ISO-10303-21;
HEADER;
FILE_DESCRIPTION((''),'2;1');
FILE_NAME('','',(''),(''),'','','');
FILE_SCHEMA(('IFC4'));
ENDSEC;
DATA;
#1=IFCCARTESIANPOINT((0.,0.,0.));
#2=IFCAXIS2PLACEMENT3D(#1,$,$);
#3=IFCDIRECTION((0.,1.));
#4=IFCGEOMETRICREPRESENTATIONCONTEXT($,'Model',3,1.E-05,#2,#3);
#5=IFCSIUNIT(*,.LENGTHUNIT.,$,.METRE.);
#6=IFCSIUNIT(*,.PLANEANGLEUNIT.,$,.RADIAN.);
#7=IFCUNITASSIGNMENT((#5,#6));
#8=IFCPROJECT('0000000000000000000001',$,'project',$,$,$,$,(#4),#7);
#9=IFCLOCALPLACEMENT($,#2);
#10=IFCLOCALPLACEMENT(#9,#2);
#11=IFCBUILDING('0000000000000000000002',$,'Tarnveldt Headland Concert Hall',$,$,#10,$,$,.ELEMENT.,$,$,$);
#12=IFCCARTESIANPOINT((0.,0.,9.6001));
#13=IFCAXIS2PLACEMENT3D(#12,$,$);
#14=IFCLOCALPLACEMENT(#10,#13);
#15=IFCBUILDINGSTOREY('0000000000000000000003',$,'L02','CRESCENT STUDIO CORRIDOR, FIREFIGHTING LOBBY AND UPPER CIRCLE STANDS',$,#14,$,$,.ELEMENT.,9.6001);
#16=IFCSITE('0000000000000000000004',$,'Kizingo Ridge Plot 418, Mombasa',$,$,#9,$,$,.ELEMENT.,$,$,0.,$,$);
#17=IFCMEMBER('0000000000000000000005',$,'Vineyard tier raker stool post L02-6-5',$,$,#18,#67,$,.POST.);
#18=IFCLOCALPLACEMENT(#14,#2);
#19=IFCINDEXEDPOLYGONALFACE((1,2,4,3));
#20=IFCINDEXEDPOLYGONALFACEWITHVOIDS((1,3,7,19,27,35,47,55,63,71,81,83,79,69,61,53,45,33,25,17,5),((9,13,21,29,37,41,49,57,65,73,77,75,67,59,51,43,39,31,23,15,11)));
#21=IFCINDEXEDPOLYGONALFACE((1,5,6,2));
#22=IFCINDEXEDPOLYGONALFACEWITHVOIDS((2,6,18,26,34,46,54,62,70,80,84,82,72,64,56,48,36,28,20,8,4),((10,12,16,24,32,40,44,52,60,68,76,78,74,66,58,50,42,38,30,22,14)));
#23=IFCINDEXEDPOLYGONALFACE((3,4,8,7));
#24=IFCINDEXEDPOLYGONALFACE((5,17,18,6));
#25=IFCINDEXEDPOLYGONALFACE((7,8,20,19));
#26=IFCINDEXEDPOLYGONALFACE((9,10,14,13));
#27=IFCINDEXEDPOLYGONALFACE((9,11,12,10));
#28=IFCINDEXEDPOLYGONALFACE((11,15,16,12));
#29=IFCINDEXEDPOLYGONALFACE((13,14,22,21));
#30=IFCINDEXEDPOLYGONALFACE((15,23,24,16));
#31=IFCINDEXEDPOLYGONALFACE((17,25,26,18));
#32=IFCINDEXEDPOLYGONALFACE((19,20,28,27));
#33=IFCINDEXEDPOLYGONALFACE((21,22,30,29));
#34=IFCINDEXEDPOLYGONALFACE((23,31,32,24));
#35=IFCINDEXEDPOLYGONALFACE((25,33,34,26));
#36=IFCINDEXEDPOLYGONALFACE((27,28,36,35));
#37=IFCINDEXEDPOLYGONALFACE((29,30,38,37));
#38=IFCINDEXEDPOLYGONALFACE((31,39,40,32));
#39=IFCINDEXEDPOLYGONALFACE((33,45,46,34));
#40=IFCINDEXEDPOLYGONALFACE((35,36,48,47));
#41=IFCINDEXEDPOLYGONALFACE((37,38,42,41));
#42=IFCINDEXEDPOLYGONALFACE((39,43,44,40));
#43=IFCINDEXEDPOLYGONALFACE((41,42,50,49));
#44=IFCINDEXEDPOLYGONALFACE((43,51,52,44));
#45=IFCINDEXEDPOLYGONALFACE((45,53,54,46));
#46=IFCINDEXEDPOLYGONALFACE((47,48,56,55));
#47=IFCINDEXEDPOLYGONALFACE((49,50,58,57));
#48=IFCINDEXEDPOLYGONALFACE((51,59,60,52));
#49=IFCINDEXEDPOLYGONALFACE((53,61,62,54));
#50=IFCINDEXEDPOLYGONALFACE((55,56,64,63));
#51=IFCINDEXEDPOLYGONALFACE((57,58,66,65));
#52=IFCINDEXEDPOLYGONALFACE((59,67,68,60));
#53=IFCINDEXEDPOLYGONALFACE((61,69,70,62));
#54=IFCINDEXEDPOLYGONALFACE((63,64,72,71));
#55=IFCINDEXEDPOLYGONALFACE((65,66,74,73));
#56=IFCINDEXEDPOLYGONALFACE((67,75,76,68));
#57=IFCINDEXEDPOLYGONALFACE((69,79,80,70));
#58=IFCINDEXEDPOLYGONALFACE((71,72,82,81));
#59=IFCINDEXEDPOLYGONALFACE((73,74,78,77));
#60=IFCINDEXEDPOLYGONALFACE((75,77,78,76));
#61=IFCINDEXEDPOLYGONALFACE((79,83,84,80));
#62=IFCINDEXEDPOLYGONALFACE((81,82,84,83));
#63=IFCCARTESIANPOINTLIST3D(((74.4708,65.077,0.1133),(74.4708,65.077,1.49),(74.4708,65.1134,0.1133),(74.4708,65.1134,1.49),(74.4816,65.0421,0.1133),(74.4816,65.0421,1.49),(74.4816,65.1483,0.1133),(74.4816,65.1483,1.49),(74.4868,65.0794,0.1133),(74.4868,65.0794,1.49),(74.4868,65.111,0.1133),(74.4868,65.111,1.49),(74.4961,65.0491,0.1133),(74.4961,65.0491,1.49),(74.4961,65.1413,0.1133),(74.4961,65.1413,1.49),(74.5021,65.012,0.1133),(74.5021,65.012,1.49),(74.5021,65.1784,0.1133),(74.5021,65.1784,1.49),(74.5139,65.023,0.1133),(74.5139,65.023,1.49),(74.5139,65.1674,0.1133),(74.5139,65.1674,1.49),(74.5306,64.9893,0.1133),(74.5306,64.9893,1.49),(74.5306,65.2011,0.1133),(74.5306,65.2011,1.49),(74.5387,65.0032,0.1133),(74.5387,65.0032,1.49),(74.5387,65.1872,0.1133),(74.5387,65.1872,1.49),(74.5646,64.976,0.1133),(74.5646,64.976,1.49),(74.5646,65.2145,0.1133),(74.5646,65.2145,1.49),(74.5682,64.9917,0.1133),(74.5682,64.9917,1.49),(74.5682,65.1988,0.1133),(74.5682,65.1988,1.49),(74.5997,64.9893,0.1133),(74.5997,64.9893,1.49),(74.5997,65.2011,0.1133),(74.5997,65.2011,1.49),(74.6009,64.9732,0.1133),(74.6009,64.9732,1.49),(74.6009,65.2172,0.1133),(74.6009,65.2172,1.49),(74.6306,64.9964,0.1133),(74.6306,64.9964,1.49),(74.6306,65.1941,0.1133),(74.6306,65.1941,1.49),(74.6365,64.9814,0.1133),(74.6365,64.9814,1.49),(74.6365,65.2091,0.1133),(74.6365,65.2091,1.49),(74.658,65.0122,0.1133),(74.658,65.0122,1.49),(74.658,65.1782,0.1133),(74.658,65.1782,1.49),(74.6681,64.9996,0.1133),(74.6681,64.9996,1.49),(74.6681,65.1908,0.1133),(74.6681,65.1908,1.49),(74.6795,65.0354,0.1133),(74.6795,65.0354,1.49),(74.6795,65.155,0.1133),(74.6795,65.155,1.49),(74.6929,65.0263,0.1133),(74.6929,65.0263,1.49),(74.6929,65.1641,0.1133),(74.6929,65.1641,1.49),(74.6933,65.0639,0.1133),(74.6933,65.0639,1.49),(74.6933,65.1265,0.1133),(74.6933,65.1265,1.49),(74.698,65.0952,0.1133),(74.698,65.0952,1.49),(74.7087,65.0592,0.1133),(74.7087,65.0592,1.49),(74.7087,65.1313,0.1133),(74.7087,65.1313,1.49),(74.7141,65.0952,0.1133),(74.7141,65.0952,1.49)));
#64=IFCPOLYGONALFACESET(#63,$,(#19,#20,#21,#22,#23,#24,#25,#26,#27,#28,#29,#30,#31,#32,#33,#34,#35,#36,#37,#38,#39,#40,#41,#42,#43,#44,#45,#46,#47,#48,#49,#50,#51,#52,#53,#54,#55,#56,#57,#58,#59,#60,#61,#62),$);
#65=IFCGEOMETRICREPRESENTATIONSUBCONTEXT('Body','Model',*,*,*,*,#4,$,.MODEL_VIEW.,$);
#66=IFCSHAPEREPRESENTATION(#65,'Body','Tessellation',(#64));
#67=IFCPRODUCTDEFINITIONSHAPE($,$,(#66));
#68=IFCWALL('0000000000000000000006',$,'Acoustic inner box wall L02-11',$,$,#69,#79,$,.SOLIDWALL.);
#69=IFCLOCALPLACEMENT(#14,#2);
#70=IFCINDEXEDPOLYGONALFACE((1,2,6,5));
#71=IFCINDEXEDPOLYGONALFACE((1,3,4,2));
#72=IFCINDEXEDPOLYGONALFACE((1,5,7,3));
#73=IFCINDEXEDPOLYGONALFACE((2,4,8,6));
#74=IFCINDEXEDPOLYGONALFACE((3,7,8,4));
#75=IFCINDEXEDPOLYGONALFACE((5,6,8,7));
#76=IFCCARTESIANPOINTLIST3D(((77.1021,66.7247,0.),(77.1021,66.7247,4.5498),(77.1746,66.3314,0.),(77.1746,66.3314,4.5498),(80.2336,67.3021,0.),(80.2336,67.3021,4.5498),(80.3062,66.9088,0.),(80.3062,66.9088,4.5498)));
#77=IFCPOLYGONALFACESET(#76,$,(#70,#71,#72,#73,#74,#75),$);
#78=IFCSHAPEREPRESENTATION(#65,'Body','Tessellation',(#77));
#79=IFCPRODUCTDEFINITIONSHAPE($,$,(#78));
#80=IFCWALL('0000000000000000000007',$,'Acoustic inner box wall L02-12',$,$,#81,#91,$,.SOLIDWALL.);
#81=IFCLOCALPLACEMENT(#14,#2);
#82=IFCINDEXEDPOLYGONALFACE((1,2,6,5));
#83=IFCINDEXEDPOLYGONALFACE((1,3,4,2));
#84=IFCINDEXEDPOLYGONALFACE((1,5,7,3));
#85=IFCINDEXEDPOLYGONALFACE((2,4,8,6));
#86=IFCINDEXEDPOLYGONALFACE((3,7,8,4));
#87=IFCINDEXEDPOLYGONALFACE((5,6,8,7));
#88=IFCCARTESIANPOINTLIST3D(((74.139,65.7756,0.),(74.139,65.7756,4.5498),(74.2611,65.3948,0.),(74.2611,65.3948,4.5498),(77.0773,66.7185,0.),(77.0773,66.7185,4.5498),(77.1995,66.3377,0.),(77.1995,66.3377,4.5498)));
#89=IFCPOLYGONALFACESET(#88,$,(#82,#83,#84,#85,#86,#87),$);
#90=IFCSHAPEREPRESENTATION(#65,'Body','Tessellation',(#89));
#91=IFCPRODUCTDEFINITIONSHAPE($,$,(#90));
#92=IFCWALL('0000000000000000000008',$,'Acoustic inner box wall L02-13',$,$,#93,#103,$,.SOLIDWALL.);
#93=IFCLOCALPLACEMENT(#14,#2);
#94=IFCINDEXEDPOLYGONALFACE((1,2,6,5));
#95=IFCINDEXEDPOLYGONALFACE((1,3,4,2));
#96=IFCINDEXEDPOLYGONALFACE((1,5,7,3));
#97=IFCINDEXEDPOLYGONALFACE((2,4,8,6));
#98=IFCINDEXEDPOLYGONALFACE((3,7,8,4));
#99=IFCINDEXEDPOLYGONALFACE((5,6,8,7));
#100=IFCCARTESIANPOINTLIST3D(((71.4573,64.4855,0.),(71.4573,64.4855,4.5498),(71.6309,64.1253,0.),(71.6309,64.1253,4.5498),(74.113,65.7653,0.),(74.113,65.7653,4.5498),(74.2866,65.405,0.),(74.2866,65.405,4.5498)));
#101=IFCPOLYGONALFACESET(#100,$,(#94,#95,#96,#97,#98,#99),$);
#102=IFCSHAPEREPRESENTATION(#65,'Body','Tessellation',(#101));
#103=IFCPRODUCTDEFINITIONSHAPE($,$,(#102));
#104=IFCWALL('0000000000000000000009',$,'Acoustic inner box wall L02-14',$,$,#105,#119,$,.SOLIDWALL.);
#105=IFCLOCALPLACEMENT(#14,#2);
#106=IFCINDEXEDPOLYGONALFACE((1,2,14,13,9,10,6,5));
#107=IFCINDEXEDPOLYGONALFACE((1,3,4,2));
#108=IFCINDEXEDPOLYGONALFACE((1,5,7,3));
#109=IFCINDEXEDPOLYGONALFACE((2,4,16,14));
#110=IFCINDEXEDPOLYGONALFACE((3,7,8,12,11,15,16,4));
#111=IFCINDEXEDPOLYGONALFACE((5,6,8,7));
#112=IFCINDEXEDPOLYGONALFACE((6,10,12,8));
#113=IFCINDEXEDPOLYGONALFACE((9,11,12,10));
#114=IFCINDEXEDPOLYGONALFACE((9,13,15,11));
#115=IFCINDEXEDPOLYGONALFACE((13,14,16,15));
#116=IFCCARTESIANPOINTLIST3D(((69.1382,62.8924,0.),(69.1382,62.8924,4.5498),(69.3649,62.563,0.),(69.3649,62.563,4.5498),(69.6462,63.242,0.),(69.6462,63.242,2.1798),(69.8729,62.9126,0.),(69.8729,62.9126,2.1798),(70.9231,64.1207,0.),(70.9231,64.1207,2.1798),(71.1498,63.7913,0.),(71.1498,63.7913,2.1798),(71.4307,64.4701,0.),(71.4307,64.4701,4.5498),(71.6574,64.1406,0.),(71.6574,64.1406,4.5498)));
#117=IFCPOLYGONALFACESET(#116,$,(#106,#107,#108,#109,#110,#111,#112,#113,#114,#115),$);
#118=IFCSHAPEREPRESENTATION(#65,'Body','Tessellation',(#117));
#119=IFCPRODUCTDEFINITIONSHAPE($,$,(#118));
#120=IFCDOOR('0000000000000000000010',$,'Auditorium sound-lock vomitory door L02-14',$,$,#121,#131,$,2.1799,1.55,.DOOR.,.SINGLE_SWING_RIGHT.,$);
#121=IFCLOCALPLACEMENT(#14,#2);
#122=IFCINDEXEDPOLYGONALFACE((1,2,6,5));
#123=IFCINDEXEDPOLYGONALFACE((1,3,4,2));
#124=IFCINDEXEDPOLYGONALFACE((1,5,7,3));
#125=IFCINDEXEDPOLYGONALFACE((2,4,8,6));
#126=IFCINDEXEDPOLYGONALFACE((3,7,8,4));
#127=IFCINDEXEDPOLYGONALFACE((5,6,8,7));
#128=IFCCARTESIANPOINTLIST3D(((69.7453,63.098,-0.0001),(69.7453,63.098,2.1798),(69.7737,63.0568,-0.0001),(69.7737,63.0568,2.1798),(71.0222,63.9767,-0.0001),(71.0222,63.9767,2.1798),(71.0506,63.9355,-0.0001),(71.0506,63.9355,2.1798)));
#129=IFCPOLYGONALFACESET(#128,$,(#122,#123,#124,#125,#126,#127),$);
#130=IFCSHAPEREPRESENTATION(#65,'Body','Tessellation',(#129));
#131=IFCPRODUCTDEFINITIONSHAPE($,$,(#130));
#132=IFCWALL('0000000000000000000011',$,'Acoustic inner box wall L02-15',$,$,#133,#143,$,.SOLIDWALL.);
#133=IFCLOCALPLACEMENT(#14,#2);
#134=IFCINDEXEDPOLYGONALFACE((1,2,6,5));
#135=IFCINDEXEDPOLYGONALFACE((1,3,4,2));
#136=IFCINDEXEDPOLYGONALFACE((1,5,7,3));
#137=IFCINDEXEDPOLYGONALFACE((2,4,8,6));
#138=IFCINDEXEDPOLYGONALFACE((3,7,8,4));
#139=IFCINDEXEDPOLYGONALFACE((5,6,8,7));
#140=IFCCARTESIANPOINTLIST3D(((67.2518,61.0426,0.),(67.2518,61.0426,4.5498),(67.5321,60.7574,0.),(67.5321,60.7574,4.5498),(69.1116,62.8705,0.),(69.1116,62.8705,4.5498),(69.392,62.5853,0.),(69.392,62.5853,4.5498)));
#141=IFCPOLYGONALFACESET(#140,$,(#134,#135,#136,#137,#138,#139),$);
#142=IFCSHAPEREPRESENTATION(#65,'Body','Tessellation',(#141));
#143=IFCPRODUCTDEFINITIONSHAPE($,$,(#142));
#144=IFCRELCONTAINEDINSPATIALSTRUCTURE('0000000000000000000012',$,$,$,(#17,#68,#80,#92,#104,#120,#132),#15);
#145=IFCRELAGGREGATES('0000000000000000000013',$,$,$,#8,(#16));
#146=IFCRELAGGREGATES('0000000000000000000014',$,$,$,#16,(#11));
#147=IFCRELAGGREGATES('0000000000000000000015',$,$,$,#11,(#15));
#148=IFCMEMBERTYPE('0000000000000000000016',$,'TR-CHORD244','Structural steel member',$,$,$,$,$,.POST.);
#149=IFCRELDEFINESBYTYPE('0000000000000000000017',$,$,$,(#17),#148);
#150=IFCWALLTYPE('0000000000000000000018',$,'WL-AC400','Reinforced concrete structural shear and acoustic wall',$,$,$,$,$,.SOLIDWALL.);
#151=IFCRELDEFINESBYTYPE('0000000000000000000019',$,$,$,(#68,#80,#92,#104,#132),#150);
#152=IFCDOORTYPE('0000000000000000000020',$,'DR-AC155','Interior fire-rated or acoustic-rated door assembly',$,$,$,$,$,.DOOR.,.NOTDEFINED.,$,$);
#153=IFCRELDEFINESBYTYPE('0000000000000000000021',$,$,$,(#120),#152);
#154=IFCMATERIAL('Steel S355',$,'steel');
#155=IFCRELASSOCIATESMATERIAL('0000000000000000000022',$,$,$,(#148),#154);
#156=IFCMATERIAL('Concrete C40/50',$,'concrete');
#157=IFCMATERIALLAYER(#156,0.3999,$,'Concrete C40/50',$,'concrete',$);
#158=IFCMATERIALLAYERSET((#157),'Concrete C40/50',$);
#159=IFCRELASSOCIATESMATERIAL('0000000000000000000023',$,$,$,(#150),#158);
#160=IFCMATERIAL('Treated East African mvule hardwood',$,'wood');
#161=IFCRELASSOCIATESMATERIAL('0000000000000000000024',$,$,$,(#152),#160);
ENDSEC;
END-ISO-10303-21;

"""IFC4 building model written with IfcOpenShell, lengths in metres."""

from ifc_helpers import new_model, si_unit, direction, frame, frame_2d, origin, origin_2d, place, context, subcontext, project, spatial, rectangle, hollow_circle, extrude, material, layer, layer_set, material_profile, profile_set, type_object, element, fill, save


model = new_model("IFC4")

# Units and contexts
model_context = context("Model", 3, precision=1e-05, world=origin(), true_north=direction((0.0, 1.0)))
body_context = subcontext(model_context, "Body", "Model", "MODEL_VIEW")
ifc_project = project(units=[si_unit("LENGTHUNIT", "METRE"), si_unit("PLANEANGLEUNIT", "RADIAN")], contexts=[model_context])

# Site, building, storey
site_placement = place(None, origin())
site = spatial("IfcSite", under=ifc_project, at=site_placement, Name="Kizingo Ridge Plot 418, Mombasa", CompositionType="ELEMENT", RefElevation=0.0)
building_placement = place(site_placement, origin())
building = spatial("IfcBuilding", under=site, at=building_placement, Name="Tarnveldt Headland Concert Hall", CompositionType="ELEMENT")
storey_placement = place(building_placement, frame((0.0, 0.0, 9.6001)))
storey = spatial("IfcBuildingStorey", under=building, at=storey_placement, Name="L02", Description="CRESCENT STUDIO CORRIDOR, FIREFIGHTING LOBBY AND UPPER CIRCLE STANDS", CompositionType="ELEMENT", Elevation=9.6001)

# Shared definitions
ifc_material_1 = material(Name="Concrete C40/50", Category="concrete")

# Shared definitions
ifc_material_2 = material(Name="Steel S355", Category="steel")

# Member
ifc_material_profile_1 = material_profile(ifc_material_2, hollow_circle(Radius=0.1223, WallThickness=0.0161, at=origin_2d()), Name="CHS 244.5x16", Category="steel")
ifc_profile_set_1 = profile_set([ifc_material_profile_1], Name="Steel S355")
member_type_1 = type_object("IfcMemberType", Name="TR-CHORD244", Description="Structural steel member", PredefinedType="POST", material=ifc_profile_set_1)
member_1_placement = place(storey_placement, frame((74.5918, 65.0952, 0.1133), z_axis=(0.0, 0.0, 1.0), x_axis=(1.0, 0.0, 0.0)))
element("IfcMember", 1, at=member_1_placement, inside=storey, type_object=member_type_1, Name="Vineyard tier raker stool post L02-6-5", PredefinedType="POST", context=body_context, shape_type="SweptSolid", body=[
    extrude(hollow_circle(Radius=0.1223, WallThickness=0.0161, at=origin_2d()), origin(), (0.0, 0.0, 1.0), 1.3767),
])

# Walls
ifc_layer_1 = layer(ifc_material_1, 0.3999, Name="Concrete C40/50", Category="concrete")
ifc_layer_set_1 = layer_set([ifc_layer_1], Name="Concrete C40/50")
wall_type = type_object("IfcWallType", Name="WL-AC400", Description="Reinforced concrete structural shear and acoustic wall", PredefinedType="SOLIDWALL", material=ifc_layer_set_1)
wall_1_placement = place(storey_placement, frame((80.27, 67.1055, 0.0), z_axis=(0.0, 0.0, 1.0), x_axis=(-0.983424, -0.18132, 0.0)))
element("IfcWall", 2, at=wall_1_placement, inside=storey, type_object=wall_type, Name="Acoustic inner box wall L02-11", PredefinedType="SOLIDWALL", context=body_context, shape_type="SweptSolid", body=[
    extrude(rectangle(XDim=3.1843, YDim=0.3999, at=frame_2d((1.5923, 0.0))), origin(), (0.0, 0.0, 1.0), 4.5498),
])
wall_2_placement = place(storey_placement, frame((77.1384, 66.5281, 0.0), z_axis=(0.0, 0.0, 1.0), x_axis=(-0.952183, -0.305528, 0.0)))
element("IfcWall", 3, at=wall_2_placement, inside=storey, type_object=wall_type, Name="Acoustic inner box wall L02-12", PredefinedType="SOLIDWALL", context=body_context, shape_type="SweptSolid", body=[
    extrude(rectangle(XDim=3.0859, YDim=0.3999, at=frame_2d((1.543, 0.0))), origin(), (0.0, 0.0, 1.0), 4.5498),
])
wall_3_placement = place(storey_placement, frame((74.2, 65.5852, 0.0), z_axis=(0.0, 0.0, 1.0), x_axis=(-0.900858, -0.434114, 0.0)))
element("IfcWall", 4, at=wall_3_placement, inside=storey, type_object=wall_type, Name="Acoustic inner box wall L02-13", PredefinedType="SOLIDWALL", context=body_context, shape_type="SweptSolid", body=[
    extrude(rectangle(XDim=2.948, YDim=0.3999, at=frame_2d((1.4741, 0.0))), origin(), (0.0, 0.0, 1.0), 4.5498),
])

# Wall, opening, door
wall_4_placement = place(storey_placement, frame((71.5442, 64.3054, 0.0), z_axis=(0.0, 0.0, 1.0), x_axis=(-0.823781, -0.566909, 0.0)))
wall_4 = element("IfcWall", 5, at=wall_4_placement, inside=storey, type_object=wall_type, Name="Acoustic inner box wall L02-14", PredefinedType="SOLIDWALL", context=body_context, shape_type="SweptSolid", body=[
    extrude(rectangle(XDim=2.783, YDim=0.3999, at=frame_2d((1.3916, 0.0))), origin(), (0.0, 0.0, 1.0), 4.5498),
])
opening_placement = place(wall_4_placement, frame((0.6165, 0.0, 0.0)))
opening = element("IfcOpeningElement", 6, at=opening_placement, cuts=wall_4, PredefinedType="OPENING", context=body_context, shape_type="SweptSolid", body=[
    extrude(rectangle(XDim=1.55, YDim=2.1799, at=frame_2d((0.7749, 1.0898))), frame((0.0, 0.21, 0.0), z_axis=(0.0, -1.0, 0.0), x_axis=(1.0, 0.0, 0.0)), (0.0, 0.0, 1.0), 0.4199),
])
ifc_material_3 = material(Name="Treated East African mvule hardwood", Category="wood")
door_type = type_object("IfcDoorType", Name="DR-AC155", Description="Interior fire-rated or acoustic-rated door assembly", OperationType="NOTDEFINED", PredefinedType="DOOR", material=ifc_material_3)
door_placement = place(opening_placement, origin())
door = element("IfcDoor", 7, at=door_placement, inside=storey, type_object=door_type, Name="Auditorium sound-lock vomitory door L02-14", OperationType="SINGLE_SWING_RIGHT", OverallHeight=2.1799, OverallWidth=1.55, PredefinedType="DOOR", context=body_context, shape_type="SweptSolid", body=[
    extrude(rectangle(XDim=1.55, YDim=2.1799, at=frame_2d((0.7749, 1.0898))), frame((0.0, 0.0249, 0.0), z_axis=(0.0, -1.0, 0.0), x_axis=(1.0, 0.0, 0.0)), (0.0, 0.0, 1.0), 0.05),
])
fill(opening, door)

# Wall
wall_5_placement = place(storey_placement, frame((69.2517, 62.7278, 0.0), z_axis=(0.0, 0.0, 1.0), x_axis=(-0.713212, -0.700948, 0.0)))
element("IfcWall", 8, at=wall_5_placement, inside=storey, type_object=wall_type, Name="Acoustic inner box wall L02-15", PredefinedType="SOLIDWALL", context=body_context, shape_type="SweptSolid", body=[
    extrude(rectangle(XDim=2.6077, YDim=0.3999, at=frame_2d((1.3037, 0.0))), origin(), (0.0, 0.0, 1.0), 4.5498),
])

save(model, "model.ifc")
